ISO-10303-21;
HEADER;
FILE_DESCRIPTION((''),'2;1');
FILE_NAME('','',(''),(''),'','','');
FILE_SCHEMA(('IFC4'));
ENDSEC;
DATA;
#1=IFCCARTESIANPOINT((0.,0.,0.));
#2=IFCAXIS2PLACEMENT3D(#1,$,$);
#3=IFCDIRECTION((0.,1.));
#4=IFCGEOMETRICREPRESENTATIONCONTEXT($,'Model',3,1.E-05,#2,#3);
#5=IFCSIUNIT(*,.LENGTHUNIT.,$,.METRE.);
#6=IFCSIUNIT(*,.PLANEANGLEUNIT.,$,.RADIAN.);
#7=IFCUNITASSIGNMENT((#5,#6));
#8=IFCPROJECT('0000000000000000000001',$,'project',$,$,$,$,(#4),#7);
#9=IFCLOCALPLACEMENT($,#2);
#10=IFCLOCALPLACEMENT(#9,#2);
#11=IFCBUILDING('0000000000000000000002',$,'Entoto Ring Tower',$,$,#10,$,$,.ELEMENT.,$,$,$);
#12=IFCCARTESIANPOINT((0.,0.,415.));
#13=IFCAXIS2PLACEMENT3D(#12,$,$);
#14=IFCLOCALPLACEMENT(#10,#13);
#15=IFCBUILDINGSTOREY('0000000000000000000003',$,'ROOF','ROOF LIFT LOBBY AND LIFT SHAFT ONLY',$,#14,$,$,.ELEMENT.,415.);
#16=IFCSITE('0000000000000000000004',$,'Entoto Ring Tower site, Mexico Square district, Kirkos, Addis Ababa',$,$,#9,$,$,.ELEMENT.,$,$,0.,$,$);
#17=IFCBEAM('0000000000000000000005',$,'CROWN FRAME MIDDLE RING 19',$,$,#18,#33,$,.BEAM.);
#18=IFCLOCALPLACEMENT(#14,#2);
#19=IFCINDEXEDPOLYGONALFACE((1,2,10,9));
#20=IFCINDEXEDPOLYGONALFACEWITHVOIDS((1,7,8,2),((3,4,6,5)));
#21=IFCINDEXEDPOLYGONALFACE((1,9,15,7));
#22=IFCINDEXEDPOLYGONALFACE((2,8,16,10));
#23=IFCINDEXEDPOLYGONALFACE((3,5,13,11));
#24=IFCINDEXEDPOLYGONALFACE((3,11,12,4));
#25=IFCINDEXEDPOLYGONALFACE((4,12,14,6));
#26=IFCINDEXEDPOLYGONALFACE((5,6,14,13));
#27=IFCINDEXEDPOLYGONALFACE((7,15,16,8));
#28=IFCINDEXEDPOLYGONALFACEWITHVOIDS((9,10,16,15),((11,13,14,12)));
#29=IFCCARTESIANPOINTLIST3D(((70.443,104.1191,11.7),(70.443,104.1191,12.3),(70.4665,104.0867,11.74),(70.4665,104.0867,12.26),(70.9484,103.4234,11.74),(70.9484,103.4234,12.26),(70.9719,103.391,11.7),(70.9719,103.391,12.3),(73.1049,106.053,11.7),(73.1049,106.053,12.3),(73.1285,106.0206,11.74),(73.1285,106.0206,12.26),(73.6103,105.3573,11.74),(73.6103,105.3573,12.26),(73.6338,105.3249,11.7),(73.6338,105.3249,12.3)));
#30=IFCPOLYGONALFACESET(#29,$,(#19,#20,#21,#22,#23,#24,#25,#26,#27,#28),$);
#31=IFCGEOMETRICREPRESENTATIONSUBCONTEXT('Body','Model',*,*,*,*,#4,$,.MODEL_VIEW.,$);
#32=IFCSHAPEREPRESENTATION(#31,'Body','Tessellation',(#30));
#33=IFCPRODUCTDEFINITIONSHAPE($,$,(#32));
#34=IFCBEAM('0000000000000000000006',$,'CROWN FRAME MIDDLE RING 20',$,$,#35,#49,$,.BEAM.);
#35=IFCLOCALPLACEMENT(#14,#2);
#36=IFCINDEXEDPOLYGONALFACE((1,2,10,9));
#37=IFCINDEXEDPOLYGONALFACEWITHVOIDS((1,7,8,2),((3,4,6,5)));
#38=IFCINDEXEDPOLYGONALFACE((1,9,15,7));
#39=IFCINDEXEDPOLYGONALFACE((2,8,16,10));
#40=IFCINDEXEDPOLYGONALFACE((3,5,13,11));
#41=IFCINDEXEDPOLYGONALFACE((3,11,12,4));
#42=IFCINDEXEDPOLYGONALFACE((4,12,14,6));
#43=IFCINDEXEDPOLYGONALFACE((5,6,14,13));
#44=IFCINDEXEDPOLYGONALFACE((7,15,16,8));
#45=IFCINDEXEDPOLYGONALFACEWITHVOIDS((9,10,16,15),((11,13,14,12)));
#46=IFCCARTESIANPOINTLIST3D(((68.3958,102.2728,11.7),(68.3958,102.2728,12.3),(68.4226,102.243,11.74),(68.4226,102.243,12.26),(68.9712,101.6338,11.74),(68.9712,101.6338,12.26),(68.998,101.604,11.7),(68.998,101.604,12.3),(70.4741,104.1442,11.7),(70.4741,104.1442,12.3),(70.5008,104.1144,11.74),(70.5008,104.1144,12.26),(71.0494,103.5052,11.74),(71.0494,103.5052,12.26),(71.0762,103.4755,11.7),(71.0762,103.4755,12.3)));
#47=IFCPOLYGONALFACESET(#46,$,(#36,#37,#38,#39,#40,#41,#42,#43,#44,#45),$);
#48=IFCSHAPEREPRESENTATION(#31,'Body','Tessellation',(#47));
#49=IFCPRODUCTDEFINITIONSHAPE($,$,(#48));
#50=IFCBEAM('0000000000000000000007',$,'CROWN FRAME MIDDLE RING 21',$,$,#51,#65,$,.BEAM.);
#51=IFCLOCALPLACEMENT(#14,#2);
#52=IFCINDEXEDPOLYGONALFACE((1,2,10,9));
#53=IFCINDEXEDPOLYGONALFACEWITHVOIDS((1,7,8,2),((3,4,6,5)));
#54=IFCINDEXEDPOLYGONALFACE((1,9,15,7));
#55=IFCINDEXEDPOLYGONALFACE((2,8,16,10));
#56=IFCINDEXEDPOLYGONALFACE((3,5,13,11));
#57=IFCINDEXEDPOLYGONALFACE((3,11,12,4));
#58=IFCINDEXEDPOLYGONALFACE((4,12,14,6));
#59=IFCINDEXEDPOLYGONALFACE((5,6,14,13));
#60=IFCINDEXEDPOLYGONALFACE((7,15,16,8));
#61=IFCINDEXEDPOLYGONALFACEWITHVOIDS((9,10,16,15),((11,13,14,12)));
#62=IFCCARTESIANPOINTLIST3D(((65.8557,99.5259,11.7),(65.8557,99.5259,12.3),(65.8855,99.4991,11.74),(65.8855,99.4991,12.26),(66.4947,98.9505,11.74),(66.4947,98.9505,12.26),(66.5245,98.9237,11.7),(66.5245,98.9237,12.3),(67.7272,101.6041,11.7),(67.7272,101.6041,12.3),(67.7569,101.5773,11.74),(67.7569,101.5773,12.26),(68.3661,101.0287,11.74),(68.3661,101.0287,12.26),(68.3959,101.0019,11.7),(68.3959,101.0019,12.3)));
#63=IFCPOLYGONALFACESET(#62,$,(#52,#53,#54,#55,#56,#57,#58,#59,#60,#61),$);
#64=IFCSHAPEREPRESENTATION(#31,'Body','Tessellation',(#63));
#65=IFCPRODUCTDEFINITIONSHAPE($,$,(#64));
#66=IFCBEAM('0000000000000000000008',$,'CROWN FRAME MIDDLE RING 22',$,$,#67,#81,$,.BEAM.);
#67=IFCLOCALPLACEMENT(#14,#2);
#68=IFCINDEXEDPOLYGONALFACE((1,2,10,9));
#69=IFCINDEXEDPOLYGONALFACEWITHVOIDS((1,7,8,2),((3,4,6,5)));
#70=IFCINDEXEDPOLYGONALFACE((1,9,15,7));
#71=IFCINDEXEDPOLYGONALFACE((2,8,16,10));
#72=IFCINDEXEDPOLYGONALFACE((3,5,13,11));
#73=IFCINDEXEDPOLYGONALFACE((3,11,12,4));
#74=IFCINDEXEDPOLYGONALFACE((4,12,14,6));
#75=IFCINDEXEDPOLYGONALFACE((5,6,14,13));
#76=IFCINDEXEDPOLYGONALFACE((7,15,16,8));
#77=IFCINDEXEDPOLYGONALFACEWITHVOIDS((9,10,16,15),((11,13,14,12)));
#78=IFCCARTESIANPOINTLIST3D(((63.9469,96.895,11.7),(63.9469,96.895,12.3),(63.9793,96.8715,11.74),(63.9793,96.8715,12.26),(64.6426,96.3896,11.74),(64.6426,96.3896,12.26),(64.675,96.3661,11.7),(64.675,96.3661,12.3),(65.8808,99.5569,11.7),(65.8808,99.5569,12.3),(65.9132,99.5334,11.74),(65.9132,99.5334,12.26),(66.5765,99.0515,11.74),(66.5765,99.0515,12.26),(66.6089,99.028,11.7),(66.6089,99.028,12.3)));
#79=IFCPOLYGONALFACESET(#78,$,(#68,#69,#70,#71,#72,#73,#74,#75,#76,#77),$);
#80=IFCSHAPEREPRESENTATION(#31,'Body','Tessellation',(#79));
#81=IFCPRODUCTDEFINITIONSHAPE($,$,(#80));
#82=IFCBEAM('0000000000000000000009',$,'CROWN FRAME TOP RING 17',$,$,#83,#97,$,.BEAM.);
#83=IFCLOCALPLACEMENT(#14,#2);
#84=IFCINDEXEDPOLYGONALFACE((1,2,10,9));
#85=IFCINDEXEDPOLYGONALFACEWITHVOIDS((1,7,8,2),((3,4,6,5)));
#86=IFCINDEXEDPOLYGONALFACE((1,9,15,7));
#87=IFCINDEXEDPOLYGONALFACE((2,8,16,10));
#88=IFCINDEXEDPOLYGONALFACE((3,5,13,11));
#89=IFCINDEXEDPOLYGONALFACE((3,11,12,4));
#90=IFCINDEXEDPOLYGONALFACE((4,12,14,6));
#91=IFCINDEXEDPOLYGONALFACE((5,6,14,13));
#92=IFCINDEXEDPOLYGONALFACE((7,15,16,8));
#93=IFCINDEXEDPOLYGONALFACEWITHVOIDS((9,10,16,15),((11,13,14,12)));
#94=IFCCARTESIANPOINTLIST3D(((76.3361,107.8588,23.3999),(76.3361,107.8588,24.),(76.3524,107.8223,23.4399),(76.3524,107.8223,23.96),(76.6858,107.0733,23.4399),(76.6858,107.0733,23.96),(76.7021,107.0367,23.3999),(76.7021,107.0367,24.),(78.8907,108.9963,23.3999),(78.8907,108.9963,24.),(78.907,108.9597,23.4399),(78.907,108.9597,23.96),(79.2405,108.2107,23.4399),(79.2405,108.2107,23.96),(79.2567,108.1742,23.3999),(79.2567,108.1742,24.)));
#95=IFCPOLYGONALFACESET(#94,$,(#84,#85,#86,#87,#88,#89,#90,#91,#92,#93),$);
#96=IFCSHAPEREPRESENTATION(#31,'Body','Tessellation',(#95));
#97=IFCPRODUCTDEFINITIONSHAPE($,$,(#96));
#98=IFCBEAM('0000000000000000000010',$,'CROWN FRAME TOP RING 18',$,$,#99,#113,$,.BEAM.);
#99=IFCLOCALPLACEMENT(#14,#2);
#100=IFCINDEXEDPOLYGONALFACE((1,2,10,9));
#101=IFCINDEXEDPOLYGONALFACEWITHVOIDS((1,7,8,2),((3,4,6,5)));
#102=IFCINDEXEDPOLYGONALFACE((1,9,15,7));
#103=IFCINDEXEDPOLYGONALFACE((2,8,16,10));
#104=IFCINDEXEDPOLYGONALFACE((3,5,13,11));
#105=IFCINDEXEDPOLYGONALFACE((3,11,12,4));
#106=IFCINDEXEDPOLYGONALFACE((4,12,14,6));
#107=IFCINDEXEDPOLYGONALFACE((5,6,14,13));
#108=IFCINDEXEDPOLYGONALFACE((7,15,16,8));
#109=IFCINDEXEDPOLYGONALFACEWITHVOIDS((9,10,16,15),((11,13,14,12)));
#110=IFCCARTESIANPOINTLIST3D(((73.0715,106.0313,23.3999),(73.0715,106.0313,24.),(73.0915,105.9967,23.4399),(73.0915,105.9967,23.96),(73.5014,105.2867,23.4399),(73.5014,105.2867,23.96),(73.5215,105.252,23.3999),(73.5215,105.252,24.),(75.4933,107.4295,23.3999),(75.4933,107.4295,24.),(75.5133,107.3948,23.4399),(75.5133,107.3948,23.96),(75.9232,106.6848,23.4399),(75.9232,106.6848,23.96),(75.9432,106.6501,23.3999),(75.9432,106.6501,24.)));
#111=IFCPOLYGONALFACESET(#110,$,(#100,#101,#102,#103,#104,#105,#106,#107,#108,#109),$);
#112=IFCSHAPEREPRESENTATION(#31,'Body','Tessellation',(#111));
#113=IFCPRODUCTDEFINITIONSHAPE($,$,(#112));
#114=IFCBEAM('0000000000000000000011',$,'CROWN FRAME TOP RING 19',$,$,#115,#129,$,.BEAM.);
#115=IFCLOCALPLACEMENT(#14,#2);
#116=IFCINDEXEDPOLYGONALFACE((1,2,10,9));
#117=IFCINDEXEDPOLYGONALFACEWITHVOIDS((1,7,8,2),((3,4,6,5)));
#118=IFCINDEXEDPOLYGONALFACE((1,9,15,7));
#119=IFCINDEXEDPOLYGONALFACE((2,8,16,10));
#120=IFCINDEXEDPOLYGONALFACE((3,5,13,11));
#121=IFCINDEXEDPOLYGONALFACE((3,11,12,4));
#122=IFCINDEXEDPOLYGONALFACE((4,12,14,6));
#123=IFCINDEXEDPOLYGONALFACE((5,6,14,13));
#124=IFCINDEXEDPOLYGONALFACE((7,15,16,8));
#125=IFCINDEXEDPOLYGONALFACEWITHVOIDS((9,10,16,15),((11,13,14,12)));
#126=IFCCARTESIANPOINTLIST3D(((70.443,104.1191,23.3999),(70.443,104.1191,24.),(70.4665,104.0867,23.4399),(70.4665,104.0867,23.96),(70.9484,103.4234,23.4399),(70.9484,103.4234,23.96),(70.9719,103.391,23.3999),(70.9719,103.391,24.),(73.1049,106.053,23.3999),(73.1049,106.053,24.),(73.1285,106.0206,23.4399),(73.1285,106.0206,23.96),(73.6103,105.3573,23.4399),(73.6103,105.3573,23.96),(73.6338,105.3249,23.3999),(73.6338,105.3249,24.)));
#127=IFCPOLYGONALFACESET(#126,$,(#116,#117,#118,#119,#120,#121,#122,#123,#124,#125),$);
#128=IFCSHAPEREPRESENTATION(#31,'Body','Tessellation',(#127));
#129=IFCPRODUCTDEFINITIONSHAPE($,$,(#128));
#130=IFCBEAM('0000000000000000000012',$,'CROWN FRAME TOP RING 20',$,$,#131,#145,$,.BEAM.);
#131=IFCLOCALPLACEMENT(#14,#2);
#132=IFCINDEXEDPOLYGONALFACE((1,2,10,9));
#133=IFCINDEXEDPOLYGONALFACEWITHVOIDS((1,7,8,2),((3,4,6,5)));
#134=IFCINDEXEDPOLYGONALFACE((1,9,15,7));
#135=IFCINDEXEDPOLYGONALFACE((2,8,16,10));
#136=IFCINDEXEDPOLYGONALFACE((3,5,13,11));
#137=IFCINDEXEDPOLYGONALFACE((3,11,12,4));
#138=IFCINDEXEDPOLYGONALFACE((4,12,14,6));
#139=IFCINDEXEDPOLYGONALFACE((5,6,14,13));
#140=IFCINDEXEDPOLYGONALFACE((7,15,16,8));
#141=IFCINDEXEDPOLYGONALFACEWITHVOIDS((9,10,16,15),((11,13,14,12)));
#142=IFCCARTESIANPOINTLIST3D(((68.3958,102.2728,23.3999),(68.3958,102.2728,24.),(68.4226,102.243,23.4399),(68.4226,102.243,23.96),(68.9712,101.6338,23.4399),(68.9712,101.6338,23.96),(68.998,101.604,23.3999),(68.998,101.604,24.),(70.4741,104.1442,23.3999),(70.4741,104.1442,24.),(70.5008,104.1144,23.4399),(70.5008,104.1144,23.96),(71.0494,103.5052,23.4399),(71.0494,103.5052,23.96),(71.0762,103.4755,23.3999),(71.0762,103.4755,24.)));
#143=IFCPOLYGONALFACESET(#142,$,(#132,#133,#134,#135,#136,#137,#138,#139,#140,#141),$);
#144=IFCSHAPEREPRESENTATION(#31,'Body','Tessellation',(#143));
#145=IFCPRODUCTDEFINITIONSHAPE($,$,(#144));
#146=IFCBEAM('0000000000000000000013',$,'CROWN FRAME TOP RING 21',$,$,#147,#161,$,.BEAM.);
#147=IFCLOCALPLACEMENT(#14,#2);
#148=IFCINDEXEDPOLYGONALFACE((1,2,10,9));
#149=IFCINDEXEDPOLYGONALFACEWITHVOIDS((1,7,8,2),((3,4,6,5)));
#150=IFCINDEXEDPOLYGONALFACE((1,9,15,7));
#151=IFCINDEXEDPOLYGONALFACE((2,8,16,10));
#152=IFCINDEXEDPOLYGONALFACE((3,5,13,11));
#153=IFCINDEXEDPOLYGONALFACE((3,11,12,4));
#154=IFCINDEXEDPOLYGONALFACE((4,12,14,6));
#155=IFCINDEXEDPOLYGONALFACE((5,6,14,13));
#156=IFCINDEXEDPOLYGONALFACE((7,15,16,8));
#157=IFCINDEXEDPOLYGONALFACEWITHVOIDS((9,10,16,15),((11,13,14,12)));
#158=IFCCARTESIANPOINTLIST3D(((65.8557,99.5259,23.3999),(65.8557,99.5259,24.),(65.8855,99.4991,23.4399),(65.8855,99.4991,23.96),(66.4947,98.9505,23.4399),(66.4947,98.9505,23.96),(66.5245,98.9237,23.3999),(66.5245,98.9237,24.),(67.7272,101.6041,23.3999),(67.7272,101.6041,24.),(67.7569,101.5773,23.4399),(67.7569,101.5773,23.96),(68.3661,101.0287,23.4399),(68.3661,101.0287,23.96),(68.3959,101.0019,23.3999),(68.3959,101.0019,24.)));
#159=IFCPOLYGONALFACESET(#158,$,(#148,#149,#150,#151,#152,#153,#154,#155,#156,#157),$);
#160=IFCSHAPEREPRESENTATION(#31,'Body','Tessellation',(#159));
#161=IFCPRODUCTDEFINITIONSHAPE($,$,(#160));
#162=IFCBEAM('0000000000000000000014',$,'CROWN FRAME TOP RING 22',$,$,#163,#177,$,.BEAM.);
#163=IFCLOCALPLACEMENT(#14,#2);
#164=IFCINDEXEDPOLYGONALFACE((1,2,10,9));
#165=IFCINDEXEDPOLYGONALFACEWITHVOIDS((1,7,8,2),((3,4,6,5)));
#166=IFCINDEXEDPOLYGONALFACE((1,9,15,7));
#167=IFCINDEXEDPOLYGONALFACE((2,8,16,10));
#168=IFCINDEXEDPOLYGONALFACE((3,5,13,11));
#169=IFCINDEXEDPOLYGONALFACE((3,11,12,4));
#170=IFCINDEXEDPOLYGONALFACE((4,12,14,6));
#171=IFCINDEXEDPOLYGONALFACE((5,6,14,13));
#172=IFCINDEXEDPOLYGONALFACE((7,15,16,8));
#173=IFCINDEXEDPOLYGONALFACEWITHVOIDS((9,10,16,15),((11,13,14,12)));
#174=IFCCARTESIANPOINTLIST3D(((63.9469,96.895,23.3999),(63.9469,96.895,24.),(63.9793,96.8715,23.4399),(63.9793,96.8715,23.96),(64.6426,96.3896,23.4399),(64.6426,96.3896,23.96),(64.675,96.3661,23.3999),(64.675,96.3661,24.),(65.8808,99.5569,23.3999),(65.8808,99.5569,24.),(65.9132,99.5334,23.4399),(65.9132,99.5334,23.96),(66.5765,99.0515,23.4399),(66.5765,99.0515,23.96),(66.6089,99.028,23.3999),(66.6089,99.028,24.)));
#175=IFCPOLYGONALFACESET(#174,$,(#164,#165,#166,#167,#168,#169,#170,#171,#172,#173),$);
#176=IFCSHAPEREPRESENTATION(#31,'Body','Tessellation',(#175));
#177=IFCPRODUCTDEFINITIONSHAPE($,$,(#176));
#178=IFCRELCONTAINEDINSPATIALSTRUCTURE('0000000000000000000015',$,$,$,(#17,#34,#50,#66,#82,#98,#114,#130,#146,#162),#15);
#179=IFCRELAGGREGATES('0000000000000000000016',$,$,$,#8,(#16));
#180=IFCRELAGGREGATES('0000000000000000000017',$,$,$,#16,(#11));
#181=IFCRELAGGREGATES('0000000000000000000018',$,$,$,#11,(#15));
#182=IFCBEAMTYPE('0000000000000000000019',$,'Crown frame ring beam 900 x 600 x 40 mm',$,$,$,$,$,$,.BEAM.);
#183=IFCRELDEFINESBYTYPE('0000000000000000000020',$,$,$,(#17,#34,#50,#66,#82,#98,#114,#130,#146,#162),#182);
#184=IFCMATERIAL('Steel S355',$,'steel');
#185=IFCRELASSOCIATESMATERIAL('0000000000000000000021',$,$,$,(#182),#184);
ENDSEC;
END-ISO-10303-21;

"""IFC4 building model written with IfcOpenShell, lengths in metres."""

from ifc_helpers import new_model, si_unit, direction, frame, origin, origin_2d, place, context, subcontext, project, spatial, hollow_rectangle, extrude, material, material_profile, profile_set, type_object, element, save


model = new_model("IFC4")

# Units and contexts
model_context = context("Model", 3, precision=1e-05, world=origin(), true_north=direction((0.0, 1.0)))
body_context = subcontext(model_context, "Body", "Model", "MODEL_VIEW")
ifc_project = project(units=[si_unit("LENGTHUNIT", "METRE"), si_unit("PLANEANGLEUNIT", "RADIAN")], contexts=[model_context])

# Site, building, storey
site_placement = place(None, origin())
site = spatial("IfcSite", under=ifc_project, at=site_placement, Name="Entoto Ring Tower site, Mexico Square district, Kirkos, Addis Ababa", CompositionType="ELEMENT", RefElevation=0.0)
building_placement = place(site_placement, origin())
building = spatial("IfcBuilding", under=site, at=building_placement, Name="Entoto Ring Tower", CompositionType="ELEMENT")
storey_placement = place(building_placement, frame((0.0, 0.0, 415.0)))
storey = spatial("IfcBuildingStorey", under=building, at=storey_placement, Name="ROOF", Description="ROOF LIFT LOBBY AND LIFT SHAFT ONLY", CompositionType="ELEMENT", Elevation=415.0)

# Beams
ifc_material_1 = material(Name="Steel S355", Category="steel")
ifc_material_profile_1 = material_profile(ifc_material_1, hollow_rectangle(XDim=0.8999, YDim=0.6001, WallThickness=0.04, at=origin_2d()), Name="Crown frame ring beam 900 x 600 x 40 mm")
ifc_profile_set_1 = profile_set([ifc_material_profile_1], Name="Steel S355")
beam_type_1 = type_object("IfcBeamType", Name="Crown frame ring beam 900 x 600 x 40 mm", PredefinedType="BEAM", material=ifc_profile_set_1)
beam_1_placement = place(storey_placement, frame((73.3694, 105.689, 12.0), z_axis=(-0.809034, -0.587761, 0.0), x_axis=(0.587761, -0.809034, 0.0)))
element("IfcBeam", 1, at=beam_1_placement, inside=storey, type_object=beam_type_1, Name="CROWN FRAME MIDDLE RING 19", PredefinedType="BEAM", context=body_context, shape_type="SweptSolid", body=[
    extrude(hollow_rectangle(XDim=0.8999, YDim=0.6001, WallThickness=0.04, at=origin_2d()), origin(), (0.0, 0.0, 1.0), 3.2903),
])
for number, where, z_axis, x_axis, name in (
    (2, (70.7751, 103.8098, 12.0), (-0.743112, -0.669167, 0.0), (0.669167, -0.743112, 0.0), "CROWN FRAME MIDDLE RING 20"),
    (3, (68.0615, 101.303, 12.0), (-0.669167, -0.743112, 0.0), (0.743112, -0.669167, 0.0), "CROWN FRAME MIDDLE RING 21"),
):
    element("IfcBeam", number, at=place(storey_placement, frame(where, z_axis=z_axis, x_axis=x_axis)), inside=storey, type_object=beam_type_1, Name=name, PredefinedType="BEAM", context=body_context, shape_type="SweptSolid", body=[
        extrude(hollow_rectangle(XDim=0.8999, YDim=0.6001, WallThickness=0.04, at=origin_2d()), origin(), (0.0, 0.0, 1.0), 2.7966),
    ])
beam_2_placement = place(storey_placement, frame((66.2449, 99.2925, 12.0), z_axis=(-0.587761, -0.809034, 0.0), x_axis=(0.809034, -0.587761, 0.0)))
element("IfcBeam", 4, at=beam_2_placement, inside=storey, type_object=beam_type_1, Name="CROWN FRAME MIDDLE RING 22", PredefinedType="BEAM", context=body_context, shape_type="SweptSolid", body=[
    extrude(hollow_rectangle(XDim=0.8999, YDim=0.6001, WallThickness=0.04, at=origin_2d()), origin(), (0.0, 0.0, 1.0), 3.2903),
])
for number, where, z_axis, x_axis, name in (
    (5, (79.0737, 108.5852, 23.7), (-0.913541, -0.406746, 0.0), (0.406746, -0.913541, 0.0), "CROWN FRAME TOP RING 17"),
    (6, (75.7183, 107.0398, 23.7), (-0.866037, -0.499979, 0.0), (0.499979, -0.866037, 0.0), "CROWN FRAME TOP RING 18"),
):
    element("IfcBeam", number, at=place(storey_placement, frame(where, z_axis=z_axis, x_axis=x_axis)), inside=storey, type_object=beam_type_1, Name=name, PredefinedType="BEAM", context=body_context, shape_type="SweptSolid", body=[
        extrude(hollow_rectangle(XDim=0.8999, YDim=0.6001, WallThickness=0.04, at=origin_2d()), origin(), (0.0, 0.0, 1.0), 2.7964),
    ])
beam_3_placement = place(storey_placement, frame((73.3694, 105.689, 23.7), z_axis=(-0.809034, -0.587761, 0.0), x_axis=(0.587761, -0.809034, 0.0)))
element("IfcBeam", 7, at=beam_3_placement, inside=storey, type_object=beam_type_1, Name="CROWN FRAME TOP RING 19", PredefinedType="BEAM", context=body_context, shape_type="SweptSolid", body=[
    extrude(hollow_rectangle(XDim=0.8999, YDim=0.6001, WallThickness=0.04, at=origin_2d()), origin(), (0.0, 0.0, 1.0), 3.2903),
])
for number, where, z_axis, x_axis, name in (
    (8, (70.7751, 103.8098, 23.7), (-0.743112, -0.669167, 0.0), (0.669167, -0.743112, 0.0), "CROWN FRAME TOP RING 20"),
    (9, (68.0615, 101.303, 23.7), (-0.669167, -0.743112, 0.0), (0.743112, -0.669167, 0.0), "CROWN FRAME TOP RING 21"),
):
    element("IfcBeam", number, at=place(storey_placement, frame(where, z_axis=z_axis, x_axis=x_axis)), inside=storey, type_object=beam_type_1, Name=name, PredefinedType="BEAM", context=body_context, shape_type="SweptSolid", body=[
        extrude(hollow_rectangle(XDim=0.8999, YDim=0.6001, WallThickness=0.04, at=origin_2d()), origin(), (0.0, 0.0, 1.0), 2.7966),
    ])
beam_4_placement = place(storey_placement, frame((66.2449, 99.2925, 23.7), z_axis=(-0.587761, -0.809034, 0.0), x_axis=(0.809034, -0.587761, 0.0)))
element("IfcBeam", 10, at=beam_4_placement, inside=storey, type_object=beam_type_1, Name="CROWN FRAME TOP RING 22", PredefinedType="BEAM", context=body_context, shape_type="SweptSolid", body=[
    extrude(hollow_rectangle(XDim=0.8999, YDim=0.6001, WallThickness=0.04, at=origin_2d()), origin(), (0.0, 0.0, 1.0), 3.2903),
])

save(model, "model.ifc")
